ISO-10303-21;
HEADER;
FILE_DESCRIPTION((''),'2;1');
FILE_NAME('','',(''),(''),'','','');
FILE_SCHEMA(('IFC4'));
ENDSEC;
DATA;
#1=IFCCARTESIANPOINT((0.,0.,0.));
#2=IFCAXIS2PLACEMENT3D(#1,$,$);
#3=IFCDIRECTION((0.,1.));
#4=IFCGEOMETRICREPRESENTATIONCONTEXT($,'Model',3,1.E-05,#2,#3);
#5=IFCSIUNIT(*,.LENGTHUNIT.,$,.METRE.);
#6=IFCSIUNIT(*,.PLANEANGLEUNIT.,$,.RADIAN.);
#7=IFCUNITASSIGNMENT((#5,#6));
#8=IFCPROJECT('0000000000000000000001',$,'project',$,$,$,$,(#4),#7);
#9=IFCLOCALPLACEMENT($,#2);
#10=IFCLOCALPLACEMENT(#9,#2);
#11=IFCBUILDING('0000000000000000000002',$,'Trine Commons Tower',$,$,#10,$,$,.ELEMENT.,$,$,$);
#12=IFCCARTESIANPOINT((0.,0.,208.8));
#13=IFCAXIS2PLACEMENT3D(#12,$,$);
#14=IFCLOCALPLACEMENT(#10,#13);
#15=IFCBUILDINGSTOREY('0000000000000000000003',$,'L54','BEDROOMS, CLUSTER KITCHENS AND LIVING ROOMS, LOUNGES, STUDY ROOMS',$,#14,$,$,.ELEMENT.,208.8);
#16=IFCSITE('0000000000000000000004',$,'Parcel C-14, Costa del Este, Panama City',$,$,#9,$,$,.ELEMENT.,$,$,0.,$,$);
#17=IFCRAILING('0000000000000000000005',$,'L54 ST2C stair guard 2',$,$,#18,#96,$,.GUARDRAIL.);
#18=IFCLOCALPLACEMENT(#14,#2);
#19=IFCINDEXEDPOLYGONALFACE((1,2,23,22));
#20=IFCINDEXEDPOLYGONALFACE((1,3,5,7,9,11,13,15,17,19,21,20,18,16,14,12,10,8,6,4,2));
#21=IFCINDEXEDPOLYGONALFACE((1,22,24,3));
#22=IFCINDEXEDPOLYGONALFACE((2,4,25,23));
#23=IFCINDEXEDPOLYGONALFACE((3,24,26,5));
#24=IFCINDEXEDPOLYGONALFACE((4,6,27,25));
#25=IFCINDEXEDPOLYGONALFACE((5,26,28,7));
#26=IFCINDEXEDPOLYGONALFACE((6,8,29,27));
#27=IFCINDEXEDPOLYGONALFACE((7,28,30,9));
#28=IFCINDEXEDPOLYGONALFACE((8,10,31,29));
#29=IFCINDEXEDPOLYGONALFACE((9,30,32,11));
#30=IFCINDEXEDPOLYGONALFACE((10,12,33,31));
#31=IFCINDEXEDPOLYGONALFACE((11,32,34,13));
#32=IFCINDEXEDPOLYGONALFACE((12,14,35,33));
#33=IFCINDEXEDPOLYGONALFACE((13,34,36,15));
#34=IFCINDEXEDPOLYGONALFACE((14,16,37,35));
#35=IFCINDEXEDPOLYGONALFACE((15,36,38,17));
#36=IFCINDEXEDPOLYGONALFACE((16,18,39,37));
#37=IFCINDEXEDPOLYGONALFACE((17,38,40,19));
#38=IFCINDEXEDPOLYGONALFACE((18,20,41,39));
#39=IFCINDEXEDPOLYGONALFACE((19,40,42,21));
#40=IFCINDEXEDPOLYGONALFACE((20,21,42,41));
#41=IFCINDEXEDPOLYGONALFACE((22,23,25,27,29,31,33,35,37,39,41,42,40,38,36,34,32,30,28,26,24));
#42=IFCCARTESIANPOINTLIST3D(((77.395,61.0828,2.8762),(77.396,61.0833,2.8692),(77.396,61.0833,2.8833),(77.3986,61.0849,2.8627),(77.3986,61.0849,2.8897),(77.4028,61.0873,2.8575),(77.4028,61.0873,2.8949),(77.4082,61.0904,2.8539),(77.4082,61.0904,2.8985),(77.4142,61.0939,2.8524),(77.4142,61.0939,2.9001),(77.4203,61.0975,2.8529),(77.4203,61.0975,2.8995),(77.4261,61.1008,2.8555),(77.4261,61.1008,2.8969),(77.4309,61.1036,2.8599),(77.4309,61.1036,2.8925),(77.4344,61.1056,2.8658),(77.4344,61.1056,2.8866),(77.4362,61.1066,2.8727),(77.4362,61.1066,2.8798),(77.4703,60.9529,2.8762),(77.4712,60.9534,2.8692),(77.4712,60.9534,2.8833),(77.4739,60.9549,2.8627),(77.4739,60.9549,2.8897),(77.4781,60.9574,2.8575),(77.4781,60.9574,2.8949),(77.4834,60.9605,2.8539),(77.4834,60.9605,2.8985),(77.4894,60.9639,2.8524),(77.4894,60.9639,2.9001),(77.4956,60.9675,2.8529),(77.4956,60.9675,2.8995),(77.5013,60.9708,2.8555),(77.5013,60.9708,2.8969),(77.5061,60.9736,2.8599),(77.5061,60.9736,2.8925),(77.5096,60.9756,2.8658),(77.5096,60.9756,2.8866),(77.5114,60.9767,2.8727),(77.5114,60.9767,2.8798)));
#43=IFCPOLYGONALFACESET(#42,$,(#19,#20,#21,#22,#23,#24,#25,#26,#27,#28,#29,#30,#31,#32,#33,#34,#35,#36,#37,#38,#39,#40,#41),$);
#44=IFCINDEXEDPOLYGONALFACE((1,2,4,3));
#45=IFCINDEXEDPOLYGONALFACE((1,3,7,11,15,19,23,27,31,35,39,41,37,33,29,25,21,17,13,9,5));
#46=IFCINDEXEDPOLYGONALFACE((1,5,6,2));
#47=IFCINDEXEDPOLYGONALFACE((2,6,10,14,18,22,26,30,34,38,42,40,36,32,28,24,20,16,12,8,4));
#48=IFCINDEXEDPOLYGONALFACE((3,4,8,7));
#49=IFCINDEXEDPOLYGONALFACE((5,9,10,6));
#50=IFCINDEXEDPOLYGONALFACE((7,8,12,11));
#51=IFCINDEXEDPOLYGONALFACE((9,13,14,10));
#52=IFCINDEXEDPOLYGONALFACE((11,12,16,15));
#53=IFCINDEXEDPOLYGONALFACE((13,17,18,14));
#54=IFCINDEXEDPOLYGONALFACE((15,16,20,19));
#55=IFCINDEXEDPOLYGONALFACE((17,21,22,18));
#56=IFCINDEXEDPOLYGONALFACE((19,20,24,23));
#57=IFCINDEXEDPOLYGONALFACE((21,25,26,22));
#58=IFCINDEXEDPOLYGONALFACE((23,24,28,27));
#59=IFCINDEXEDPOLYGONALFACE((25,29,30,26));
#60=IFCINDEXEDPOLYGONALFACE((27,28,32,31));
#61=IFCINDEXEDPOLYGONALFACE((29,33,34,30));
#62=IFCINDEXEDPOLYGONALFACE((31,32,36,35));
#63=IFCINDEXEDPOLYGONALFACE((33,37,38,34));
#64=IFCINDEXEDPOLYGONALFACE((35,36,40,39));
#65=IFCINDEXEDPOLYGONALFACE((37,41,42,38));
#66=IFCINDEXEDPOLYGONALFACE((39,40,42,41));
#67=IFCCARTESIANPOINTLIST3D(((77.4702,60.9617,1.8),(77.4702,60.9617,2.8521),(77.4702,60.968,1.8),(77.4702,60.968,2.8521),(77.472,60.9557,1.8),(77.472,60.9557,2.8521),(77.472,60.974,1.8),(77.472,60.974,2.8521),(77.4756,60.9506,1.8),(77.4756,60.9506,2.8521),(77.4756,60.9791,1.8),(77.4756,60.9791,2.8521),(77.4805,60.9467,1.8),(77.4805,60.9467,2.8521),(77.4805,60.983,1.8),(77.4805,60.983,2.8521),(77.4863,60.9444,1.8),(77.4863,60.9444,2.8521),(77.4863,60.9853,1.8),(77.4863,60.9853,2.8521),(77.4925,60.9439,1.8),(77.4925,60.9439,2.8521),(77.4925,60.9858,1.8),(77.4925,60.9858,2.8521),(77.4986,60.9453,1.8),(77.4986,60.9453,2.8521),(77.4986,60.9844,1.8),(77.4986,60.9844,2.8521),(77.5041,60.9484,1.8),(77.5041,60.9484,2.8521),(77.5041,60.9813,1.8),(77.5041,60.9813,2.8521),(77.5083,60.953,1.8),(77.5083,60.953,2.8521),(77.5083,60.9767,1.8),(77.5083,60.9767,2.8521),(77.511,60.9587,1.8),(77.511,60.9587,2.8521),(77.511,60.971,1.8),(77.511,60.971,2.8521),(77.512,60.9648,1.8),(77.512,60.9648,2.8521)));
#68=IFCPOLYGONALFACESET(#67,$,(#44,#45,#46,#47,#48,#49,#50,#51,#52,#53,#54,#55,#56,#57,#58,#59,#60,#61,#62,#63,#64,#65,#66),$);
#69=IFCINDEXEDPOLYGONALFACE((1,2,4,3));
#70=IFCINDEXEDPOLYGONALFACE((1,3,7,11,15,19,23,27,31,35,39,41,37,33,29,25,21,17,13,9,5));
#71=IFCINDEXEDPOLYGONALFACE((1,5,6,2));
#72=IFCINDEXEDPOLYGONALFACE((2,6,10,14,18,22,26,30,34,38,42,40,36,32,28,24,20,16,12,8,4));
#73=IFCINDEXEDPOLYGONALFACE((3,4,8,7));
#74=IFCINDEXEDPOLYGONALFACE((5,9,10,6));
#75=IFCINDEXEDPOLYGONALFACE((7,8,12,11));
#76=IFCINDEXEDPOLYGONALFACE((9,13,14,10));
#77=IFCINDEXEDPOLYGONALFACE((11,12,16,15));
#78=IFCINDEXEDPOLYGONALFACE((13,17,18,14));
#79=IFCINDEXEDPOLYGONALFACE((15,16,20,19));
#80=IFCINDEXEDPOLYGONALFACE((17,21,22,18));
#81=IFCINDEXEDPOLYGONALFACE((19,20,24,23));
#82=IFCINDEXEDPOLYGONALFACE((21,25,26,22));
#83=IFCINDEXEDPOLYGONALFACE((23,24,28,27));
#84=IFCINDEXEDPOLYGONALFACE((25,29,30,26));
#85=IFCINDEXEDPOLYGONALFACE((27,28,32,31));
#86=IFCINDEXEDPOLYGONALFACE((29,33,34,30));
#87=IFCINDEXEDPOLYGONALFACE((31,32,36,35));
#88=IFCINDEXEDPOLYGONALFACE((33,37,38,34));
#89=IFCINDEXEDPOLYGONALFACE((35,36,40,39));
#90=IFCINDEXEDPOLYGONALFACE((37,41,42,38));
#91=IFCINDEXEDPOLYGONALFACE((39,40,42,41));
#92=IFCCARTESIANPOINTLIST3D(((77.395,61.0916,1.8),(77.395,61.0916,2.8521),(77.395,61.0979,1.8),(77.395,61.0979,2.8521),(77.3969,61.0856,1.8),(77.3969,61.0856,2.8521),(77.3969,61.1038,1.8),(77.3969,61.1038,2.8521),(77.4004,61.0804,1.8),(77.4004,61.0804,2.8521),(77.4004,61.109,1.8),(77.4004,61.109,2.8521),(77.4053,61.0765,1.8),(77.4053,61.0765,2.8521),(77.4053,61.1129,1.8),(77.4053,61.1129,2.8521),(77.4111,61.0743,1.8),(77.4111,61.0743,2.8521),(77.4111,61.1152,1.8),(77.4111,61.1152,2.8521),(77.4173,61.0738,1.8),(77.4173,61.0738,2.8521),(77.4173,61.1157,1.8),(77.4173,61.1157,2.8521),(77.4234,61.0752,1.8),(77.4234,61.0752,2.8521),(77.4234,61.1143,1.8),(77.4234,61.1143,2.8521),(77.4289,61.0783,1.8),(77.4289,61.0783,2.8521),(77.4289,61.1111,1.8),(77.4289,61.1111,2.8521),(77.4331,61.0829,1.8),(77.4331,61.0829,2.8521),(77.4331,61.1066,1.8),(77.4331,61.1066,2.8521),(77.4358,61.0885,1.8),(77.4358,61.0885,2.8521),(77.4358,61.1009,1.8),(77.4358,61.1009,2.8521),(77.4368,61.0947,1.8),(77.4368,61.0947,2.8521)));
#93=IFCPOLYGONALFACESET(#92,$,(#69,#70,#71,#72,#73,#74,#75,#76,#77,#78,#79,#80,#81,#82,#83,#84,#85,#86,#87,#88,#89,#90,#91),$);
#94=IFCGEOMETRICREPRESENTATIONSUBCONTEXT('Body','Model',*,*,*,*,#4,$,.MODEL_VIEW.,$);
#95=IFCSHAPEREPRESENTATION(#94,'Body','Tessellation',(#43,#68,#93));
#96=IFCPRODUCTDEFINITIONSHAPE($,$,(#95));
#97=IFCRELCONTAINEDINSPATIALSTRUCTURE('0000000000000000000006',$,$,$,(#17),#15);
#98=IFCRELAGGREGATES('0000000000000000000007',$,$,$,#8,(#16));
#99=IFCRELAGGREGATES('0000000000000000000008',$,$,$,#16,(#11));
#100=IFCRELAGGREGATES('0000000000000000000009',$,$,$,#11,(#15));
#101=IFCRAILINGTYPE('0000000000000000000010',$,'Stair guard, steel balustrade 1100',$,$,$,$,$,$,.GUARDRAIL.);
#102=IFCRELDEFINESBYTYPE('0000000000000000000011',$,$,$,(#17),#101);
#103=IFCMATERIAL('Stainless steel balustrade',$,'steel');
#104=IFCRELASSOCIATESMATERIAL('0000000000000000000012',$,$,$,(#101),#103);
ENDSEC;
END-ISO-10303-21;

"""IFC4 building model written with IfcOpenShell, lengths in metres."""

from ifc_helpers import new_model, si_unit, direction, frame, origin, origin_2d, place, context, subcontext, project, spatial, circle, extrude, material, type_object, element, save


model = new_model("IFC4")

# Units and contexts
model_context = context("Model", 3, precision=1e-05, world=origin(), true_north=direction((0.0, 1.0)))
body_context = subcontext(model_context, "Body", "Model", "MODEL_VIEW")
ifc_project = project(units=[si_unit("LENGTHUNIT", "METRE"), si_unit("PLANEANGLEUNIT", "RADIAN")], contexts=[model_context])

# Site, building, storey
site_placement = place(None, origin())
site = spatial("IfcSite", under=ifc_project, at=site_placement, Name="Parcel C-14, Costa del Este, Panama City", CompositionType="ELEMENT", RefElevation=0.0)
building_placement = place(site_placement, origin())
building = spatial("IfcBuilding", under=site, at=building_placement, Name="Trine Commons Tower", CompositionType="ELEMENT")
storey_placement = place(building_placement, frame((0.0, 0.0, 208.8)))
storey = spatial("IfcBuildingStorey", under=building, at=storey_placement, Name="L54", Description="BEDROOMS, CLUSTER KITCHENS AND LIVING ROOMS, LOUNGES, STUDY ROOMS", CompositionType="ELEMENT", Elevation=208.8)

# Railing
ifc_material_1 = material(Name="Stainless steel balustrade", Category="steel")
railing_type_1 = type_object("IfcRailingType", Name="Stair guard, steel balustrade 1100", PredefinedType="GUARDRAIL", material=ifc_material_1)
railing_1_placement = place(storey_placement, frame((77.491, 60.9648, 1.8)))
element("IfcRailing", 1, at=railing_1_placement, inside=storey, type_object=railing_type_1, Name="L54 ST2C stair guard 2", PredefinedType="GUARDRAIL", context=body_context, shape_type="SweptSolid", body=[
    extrude(circle(Radius=0.0239, at=origin_2d()), frame((0.0, 0.0, 1.0762), z_axis=(-0.501036, 0.865426, 0.0), x_axis=(-0.865426, -0.501036, 0.0)), (0.0, 0.0, 1.0), 0.1501),
    extrude(circle(Radius=0.021, at=origin_2d()), origin(), (0.0, 0.0, 1.0), 1.052),
    extrude(circle(Radius=0.021, at=origin_2d()), frame((-0.0752, 0.1299, 0.0)), (0.0, 0.0, 1.0), 1.052),
])

save(model, "model.ifc")
